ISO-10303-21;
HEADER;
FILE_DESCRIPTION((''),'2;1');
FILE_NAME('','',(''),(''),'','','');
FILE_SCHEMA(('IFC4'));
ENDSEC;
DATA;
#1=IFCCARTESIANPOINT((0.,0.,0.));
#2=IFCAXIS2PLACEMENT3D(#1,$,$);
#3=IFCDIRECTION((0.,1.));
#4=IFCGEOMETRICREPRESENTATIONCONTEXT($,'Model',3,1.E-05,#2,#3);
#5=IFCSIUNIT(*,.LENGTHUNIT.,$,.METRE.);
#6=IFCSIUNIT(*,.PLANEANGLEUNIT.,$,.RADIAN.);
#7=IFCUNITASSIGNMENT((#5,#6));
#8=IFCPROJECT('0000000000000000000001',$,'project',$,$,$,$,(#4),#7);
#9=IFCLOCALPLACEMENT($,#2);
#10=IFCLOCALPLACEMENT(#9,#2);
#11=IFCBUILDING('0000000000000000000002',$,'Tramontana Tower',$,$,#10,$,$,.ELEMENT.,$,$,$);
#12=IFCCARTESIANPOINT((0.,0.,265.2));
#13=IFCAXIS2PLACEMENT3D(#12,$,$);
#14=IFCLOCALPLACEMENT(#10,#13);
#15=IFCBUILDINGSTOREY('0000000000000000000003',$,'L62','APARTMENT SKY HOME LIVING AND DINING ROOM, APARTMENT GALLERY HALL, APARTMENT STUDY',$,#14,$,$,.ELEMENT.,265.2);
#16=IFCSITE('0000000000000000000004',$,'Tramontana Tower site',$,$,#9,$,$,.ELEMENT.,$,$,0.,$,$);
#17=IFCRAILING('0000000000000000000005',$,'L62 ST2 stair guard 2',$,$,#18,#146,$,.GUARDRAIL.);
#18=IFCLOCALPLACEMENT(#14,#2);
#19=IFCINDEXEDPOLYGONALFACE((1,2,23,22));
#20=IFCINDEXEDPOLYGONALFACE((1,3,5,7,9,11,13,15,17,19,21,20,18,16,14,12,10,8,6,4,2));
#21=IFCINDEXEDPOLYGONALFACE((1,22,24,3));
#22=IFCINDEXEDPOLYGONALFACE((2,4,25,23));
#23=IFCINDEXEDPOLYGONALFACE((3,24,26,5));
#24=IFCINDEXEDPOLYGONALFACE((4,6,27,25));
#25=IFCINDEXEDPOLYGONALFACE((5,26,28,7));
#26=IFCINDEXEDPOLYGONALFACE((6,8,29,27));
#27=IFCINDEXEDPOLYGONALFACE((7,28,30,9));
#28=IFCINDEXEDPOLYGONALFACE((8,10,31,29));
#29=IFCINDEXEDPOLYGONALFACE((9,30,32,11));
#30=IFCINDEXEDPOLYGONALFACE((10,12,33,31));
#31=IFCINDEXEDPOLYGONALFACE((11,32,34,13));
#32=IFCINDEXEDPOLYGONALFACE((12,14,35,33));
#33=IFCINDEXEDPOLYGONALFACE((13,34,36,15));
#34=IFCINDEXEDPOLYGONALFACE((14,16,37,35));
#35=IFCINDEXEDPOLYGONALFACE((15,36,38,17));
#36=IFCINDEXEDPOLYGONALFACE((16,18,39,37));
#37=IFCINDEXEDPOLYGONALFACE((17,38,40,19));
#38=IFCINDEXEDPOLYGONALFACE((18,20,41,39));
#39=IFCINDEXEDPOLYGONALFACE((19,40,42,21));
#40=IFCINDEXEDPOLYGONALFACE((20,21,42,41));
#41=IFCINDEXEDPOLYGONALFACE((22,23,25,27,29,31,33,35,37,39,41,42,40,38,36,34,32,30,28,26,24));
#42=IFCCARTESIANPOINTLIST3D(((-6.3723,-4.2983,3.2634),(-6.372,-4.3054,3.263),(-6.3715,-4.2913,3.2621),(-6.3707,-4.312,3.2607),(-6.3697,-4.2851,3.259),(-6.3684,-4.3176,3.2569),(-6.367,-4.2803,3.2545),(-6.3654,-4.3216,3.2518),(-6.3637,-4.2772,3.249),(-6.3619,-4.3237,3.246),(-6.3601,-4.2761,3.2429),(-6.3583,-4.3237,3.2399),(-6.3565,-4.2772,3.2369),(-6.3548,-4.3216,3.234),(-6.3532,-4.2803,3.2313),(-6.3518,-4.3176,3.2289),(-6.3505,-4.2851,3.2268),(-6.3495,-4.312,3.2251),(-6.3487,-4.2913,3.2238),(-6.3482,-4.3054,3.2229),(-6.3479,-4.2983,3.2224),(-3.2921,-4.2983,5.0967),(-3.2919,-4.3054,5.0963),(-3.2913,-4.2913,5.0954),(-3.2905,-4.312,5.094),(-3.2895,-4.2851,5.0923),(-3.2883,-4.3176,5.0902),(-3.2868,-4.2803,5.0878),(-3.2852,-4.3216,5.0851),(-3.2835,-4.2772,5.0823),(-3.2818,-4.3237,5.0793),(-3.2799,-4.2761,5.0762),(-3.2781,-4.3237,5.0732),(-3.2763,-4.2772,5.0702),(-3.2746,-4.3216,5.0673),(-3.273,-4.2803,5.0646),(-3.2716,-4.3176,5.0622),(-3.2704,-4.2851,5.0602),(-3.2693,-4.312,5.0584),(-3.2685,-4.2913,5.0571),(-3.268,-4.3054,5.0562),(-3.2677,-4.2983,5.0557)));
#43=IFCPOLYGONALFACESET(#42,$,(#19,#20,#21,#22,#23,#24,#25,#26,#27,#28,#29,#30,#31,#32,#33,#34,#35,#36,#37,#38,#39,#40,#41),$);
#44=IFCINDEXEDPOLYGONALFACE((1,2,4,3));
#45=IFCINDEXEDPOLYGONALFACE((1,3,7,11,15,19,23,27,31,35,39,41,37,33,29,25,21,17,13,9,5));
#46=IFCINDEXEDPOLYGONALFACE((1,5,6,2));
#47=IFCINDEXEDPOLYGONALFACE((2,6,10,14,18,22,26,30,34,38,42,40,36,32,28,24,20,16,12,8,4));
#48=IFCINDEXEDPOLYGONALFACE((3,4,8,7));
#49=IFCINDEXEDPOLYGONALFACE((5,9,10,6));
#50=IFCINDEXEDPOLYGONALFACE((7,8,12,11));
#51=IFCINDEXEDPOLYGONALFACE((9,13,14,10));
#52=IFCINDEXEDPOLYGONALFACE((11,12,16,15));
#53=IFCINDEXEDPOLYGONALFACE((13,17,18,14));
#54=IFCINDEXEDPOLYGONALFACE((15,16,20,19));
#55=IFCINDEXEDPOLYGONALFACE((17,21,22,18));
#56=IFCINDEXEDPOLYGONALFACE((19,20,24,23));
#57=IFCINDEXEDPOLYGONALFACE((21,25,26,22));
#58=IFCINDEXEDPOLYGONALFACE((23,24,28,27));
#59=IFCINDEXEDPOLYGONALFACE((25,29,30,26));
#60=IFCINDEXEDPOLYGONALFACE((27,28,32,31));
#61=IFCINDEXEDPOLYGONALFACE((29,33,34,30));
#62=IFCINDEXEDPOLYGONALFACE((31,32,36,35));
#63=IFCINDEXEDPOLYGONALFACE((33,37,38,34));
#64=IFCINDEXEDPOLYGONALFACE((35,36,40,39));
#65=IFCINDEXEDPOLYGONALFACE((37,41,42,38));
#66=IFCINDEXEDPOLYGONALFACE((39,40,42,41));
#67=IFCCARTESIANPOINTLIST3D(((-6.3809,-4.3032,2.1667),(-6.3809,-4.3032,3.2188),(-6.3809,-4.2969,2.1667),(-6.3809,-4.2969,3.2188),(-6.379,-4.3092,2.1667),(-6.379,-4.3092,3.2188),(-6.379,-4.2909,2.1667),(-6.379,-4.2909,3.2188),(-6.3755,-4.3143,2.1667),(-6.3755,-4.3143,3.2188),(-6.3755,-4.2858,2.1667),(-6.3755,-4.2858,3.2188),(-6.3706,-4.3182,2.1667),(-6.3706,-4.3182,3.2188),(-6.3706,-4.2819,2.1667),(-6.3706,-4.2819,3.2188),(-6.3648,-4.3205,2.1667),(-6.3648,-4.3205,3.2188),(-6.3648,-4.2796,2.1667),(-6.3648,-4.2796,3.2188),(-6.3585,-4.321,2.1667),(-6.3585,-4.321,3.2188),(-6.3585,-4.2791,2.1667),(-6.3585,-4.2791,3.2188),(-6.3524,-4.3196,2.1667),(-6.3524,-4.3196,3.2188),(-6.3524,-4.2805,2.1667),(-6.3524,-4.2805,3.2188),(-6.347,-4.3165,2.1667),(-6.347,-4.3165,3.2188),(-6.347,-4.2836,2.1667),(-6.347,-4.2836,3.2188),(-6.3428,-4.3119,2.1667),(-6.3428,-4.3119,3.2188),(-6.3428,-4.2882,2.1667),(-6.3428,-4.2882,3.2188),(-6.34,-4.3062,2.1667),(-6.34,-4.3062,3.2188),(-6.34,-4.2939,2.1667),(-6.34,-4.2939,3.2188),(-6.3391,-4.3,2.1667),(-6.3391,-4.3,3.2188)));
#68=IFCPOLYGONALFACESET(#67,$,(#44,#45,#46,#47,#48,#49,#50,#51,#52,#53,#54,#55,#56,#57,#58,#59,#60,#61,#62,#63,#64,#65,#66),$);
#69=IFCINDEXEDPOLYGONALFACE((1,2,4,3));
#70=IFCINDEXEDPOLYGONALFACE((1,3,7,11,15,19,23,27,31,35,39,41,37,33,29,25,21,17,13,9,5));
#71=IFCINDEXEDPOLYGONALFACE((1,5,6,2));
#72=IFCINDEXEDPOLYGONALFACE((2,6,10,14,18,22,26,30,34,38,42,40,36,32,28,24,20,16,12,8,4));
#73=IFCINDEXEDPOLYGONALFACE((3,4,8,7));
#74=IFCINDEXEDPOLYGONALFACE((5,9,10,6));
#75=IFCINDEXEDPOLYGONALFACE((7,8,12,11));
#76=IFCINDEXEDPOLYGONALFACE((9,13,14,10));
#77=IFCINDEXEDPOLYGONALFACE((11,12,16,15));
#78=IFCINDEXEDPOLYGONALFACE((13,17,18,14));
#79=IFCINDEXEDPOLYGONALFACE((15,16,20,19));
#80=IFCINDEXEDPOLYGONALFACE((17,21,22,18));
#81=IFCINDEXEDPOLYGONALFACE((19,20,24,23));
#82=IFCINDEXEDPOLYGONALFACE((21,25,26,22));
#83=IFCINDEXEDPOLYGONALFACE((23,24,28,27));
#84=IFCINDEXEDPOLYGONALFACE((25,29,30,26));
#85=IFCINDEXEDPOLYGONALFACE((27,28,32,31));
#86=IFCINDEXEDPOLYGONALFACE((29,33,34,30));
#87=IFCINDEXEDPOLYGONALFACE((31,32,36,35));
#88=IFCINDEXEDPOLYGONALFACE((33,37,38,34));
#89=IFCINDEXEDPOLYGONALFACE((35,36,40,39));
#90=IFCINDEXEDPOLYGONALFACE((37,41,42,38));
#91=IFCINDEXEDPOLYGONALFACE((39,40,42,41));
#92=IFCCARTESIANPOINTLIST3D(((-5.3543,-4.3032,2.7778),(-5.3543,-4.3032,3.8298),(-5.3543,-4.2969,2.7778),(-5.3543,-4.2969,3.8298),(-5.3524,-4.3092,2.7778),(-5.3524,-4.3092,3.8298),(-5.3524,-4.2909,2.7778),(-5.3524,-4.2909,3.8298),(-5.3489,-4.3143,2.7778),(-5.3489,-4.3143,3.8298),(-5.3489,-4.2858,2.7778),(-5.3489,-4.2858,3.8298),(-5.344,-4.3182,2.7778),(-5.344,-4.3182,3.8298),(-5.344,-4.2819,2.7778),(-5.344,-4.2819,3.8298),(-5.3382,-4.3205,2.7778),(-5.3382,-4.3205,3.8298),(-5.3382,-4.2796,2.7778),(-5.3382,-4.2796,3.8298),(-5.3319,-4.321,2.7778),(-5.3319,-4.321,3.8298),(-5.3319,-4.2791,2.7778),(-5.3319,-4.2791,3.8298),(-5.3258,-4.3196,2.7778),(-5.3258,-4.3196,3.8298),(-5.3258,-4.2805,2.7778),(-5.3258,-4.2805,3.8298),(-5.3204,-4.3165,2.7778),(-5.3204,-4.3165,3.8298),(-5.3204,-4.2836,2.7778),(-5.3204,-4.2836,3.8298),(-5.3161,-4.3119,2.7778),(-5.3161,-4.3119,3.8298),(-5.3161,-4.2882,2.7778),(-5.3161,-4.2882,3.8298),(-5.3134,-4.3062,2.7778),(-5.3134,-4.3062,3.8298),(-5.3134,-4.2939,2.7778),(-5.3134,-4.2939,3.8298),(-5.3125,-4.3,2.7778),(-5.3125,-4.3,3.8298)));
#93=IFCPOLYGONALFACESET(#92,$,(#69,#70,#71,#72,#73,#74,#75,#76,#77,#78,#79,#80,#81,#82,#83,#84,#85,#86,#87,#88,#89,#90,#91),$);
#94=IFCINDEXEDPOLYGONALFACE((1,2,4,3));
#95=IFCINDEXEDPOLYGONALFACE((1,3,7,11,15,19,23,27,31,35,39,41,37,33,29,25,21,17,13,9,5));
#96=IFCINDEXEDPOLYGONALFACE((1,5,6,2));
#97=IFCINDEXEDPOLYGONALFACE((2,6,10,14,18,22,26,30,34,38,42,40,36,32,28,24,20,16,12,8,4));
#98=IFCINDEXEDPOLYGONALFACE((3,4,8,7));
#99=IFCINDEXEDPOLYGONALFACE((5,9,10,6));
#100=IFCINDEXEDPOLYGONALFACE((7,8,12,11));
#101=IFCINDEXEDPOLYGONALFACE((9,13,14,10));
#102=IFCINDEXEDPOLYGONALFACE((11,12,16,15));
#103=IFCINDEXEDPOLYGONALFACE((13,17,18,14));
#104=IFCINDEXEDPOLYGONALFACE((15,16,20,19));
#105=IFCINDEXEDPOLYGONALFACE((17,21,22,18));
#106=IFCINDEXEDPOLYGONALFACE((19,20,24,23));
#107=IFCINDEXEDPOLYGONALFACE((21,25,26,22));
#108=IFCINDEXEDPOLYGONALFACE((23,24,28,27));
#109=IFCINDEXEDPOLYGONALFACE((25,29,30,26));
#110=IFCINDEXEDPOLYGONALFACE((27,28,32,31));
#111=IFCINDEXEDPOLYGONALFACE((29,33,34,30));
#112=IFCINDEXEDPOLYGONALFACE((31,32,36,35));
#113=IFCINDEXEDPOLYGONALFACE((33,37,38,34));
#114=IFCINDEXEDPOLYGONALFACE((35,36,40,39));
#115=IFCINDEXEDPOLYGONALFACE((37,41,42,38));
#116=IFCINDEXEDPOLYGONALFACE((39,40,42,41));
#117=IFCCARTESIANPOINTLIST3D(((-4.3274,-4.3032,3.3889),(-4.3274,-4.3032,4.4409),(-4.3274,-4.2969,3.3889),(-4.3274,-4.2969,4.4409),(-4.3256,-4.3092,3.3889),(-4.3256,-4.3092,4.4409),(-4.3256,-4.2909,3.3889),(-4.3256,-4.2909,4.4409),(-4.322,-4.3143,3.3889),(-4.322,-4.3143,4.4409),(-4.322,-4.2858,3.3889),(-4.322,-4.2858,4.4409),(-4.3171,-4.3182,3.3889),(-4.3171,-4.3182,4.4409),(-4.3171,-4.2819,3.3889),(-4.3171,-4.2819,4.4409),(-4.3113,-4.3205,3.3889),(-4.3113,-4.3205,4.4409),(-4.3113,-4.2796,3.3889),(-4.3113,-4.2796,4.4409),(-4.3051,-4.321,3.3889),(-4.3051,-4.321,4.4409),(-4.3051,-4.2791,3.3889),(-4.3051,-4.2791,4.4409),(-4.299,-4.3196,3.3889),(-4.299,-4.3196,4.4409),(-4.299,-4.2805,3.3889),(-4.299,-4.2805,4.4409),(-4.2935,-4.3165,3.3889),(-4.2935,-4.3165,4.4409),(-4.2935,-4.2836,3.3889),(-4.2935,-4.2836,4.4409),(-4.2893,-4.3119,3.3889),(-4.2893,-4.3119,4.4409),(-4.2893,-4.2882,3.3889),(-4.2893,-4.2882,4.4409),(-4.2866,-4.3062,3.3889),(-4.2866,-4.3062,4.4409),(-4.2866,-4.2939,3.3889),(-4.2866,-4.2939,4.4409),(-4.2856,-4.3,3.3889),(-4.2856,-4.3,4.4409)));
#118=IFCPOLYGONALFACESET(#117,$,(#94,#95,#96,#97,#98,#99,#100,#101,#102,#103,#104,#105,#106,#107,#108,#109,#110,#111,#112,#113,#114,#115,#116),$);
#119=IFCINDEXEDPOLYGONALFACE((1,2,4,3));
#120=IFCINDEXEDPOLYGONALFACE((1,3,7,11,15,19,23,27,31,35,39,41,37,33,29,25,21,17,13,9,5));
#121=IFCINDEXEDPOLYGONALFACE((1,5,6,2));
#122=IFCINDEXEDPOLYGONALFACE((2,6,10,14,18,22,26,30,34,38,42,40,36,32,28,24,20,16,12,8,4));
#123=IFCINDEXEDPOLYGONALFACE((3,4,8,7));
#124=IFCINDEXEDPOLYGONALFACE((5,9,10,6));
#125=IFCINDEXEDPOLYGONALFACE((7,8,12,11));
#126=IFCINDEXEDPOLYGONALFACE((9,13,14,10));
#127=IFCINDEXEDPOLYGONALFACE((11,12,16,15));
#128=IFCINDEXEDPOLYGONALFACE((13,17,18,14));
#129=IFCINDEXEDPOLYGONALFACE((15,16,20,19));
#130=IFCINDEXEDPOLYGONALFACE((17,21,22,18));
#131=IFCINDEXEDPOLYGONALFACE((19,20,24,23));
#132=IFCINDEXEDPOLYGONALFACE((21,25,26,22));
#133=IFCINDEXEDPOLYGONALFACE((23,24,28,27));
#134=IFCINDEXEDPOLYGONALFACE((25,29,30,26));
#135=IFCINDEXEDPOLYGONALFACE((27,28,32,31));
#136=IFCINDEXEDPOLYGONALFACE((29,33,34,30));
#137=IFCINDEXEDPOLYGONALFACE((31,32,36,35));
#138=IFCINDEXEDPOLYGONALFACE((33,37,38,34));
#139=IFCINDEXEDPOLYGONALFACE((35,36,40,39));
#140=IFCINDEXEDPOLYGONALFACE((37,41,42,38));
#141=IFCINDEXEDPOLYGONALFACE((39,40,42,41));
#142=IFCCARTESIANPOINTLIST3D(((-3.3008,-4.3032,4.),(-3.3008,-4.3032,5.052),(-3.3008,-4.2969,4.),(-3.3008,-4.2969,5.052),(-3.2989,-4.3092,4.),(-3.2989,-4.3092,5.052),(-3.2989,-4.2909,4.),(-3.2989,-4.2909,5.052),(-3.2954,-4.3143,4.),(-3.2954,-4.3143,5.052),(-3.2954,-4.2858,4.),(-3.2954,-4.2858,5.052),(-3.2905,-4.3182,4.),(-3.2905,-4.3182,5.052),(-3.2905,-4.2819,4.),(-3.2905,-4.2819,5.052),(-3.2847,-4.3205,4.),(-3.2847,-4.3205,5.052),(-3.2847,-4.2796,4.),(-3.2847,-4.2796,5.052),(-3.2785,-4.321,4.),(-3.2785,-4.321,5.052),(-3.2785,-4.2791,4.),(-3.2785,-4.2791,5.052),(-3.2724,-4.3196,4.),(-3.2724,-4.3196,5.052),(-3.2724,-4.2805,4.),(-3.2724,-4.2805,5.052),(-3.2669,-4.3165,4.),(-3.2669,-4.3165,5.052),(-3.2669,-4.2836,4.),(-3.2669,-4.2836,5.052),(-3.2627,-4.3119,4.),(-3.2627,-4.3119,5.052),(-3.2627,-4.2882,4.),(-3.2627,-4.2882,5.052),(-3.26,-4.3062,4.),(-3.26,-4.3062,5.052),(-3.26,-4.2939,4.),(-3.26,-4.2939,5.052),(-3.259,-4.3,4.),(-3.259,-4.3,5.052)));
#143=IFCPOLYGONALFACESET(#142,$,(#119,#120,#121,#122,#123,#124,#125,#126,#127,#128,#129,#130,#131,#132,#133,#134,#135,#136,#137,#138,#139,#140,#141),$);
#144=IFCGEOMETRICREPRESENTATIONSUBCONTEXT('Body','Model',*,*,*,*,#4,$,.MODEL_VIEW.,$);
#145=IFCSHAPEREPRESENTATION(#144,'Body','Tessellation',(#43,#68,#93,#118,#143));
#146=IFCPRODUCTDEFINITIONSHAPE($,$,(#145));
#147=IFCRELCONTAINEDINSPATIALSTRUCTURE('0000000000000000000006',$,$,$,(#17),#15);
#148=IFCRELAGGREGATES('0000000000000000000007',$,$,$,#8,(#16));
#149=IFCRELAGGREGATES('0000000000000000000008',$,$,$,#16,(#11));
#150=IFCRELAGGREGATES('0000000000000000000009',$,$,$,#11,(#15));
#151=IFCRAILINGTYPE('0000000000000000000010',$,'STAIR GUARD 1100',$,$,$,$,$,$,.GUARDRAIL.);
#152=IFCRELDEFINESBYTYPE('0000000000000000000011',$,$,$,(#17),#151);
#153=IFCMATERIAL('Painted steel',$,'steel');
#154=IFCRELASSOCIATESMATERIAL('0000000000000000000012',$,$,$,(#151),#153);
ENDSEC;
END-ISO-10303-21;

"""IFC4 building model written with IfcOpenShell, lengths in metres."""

from ifc_helpers import new_model, si_unit, direction, frame, origin, origin_2d, place, context, subcontext, project, spatial, circle, extrude, material, type_object, element, save


model = new_model("IFC4")

# Units and contexts
model_context = context("Model", 3, precision=1e-05, world=origin(), true_north=direction((0.0, 1.0)))
body_context = subcontext(model_context, "Body", "Model", "MODEL_VIEW")
ifc_project = project(units=[si_unit("LENGTHUNIT", "METRE"), si_unit("PLANEANGLEUNIT", "RADIAN")], contexts=[model_context])

# Site, building, storey
site_placement = place(None, origin())
site = spatial("IfcSite", under=ifc_project, at=site_placement, Name="Tramontana Tower site", CompositionType="ELEMENT", RefElevation=0.0)
building_placement = place(site_placement, origin())
building = spatial("IfcBuilding", under=site, at=building_placement, Name="Tramontana Tower", CompositionType="ELEMENT")
storey_placement = place(building_placement, frame((0.0, 0.0, 265.2)))
storey = spatial("IfcBuildingStorey", under=building, at=storey_placement, Name="L62", Description="APARTMENT SKY HOME LIVING AND DINING ROOM, APARTMENT GALLERY HALL, APARTMENT STUDY", CompositionType="ELEMENT", Elevation=265.2)

# Railing
ifc_material_1 = material(Name="Painted steel", Category="steel")
railing_type_1 = type_object("IfcRailingType", Name="STAIR GUARD 1100", PredefinedType="GUARDRAIL", material=ifc_material_1)
railing_1_placement = place(storey_placement, frame((-6.3601, -4.3, 2.1667)))
element("IfcRailing", 1, at=railing_1_placement, inside=storey, type_object=railing_type_1, Name="L62 ST2 stair guard 2", PredefinedType="GUARDRAIL", context=body_context, shape_type="SweptSolid", body=[
    extrude(circle(Radius=0.0239, at=origin_2d()), frame((0.0, 0.0, 1.0762), z_axis=(0.859309, 0.0, 0.511458), x_axis=(0.0, 1.0, 0.0)), (0.0, 0.0, 1.0), 3.5845),
    extrude(circle(Radius=0.021, at=origin_2d()), origin(), (0.0, 0.0, 1.0), 1.052),
    extrude(circle(Radius=0.021, at=origin_2d()), frame((1.0266, 0.0, 0.6111)), (0.0, 0.0, 1.0), 1.052),
    extrude(circle(Radius=0.021, at=origin_2d()), frame((2.0535, 0.0, 1.2222)), (0.0, 0.0, 1.0), 1.052),
    extrude(circle(Radius=0.021, at=origin_2d()), frame((3.0801, 0.0, 1.8333)), (0.0, 0.0, 1.0), 1.052),
])

save(model, "model.ifc")
